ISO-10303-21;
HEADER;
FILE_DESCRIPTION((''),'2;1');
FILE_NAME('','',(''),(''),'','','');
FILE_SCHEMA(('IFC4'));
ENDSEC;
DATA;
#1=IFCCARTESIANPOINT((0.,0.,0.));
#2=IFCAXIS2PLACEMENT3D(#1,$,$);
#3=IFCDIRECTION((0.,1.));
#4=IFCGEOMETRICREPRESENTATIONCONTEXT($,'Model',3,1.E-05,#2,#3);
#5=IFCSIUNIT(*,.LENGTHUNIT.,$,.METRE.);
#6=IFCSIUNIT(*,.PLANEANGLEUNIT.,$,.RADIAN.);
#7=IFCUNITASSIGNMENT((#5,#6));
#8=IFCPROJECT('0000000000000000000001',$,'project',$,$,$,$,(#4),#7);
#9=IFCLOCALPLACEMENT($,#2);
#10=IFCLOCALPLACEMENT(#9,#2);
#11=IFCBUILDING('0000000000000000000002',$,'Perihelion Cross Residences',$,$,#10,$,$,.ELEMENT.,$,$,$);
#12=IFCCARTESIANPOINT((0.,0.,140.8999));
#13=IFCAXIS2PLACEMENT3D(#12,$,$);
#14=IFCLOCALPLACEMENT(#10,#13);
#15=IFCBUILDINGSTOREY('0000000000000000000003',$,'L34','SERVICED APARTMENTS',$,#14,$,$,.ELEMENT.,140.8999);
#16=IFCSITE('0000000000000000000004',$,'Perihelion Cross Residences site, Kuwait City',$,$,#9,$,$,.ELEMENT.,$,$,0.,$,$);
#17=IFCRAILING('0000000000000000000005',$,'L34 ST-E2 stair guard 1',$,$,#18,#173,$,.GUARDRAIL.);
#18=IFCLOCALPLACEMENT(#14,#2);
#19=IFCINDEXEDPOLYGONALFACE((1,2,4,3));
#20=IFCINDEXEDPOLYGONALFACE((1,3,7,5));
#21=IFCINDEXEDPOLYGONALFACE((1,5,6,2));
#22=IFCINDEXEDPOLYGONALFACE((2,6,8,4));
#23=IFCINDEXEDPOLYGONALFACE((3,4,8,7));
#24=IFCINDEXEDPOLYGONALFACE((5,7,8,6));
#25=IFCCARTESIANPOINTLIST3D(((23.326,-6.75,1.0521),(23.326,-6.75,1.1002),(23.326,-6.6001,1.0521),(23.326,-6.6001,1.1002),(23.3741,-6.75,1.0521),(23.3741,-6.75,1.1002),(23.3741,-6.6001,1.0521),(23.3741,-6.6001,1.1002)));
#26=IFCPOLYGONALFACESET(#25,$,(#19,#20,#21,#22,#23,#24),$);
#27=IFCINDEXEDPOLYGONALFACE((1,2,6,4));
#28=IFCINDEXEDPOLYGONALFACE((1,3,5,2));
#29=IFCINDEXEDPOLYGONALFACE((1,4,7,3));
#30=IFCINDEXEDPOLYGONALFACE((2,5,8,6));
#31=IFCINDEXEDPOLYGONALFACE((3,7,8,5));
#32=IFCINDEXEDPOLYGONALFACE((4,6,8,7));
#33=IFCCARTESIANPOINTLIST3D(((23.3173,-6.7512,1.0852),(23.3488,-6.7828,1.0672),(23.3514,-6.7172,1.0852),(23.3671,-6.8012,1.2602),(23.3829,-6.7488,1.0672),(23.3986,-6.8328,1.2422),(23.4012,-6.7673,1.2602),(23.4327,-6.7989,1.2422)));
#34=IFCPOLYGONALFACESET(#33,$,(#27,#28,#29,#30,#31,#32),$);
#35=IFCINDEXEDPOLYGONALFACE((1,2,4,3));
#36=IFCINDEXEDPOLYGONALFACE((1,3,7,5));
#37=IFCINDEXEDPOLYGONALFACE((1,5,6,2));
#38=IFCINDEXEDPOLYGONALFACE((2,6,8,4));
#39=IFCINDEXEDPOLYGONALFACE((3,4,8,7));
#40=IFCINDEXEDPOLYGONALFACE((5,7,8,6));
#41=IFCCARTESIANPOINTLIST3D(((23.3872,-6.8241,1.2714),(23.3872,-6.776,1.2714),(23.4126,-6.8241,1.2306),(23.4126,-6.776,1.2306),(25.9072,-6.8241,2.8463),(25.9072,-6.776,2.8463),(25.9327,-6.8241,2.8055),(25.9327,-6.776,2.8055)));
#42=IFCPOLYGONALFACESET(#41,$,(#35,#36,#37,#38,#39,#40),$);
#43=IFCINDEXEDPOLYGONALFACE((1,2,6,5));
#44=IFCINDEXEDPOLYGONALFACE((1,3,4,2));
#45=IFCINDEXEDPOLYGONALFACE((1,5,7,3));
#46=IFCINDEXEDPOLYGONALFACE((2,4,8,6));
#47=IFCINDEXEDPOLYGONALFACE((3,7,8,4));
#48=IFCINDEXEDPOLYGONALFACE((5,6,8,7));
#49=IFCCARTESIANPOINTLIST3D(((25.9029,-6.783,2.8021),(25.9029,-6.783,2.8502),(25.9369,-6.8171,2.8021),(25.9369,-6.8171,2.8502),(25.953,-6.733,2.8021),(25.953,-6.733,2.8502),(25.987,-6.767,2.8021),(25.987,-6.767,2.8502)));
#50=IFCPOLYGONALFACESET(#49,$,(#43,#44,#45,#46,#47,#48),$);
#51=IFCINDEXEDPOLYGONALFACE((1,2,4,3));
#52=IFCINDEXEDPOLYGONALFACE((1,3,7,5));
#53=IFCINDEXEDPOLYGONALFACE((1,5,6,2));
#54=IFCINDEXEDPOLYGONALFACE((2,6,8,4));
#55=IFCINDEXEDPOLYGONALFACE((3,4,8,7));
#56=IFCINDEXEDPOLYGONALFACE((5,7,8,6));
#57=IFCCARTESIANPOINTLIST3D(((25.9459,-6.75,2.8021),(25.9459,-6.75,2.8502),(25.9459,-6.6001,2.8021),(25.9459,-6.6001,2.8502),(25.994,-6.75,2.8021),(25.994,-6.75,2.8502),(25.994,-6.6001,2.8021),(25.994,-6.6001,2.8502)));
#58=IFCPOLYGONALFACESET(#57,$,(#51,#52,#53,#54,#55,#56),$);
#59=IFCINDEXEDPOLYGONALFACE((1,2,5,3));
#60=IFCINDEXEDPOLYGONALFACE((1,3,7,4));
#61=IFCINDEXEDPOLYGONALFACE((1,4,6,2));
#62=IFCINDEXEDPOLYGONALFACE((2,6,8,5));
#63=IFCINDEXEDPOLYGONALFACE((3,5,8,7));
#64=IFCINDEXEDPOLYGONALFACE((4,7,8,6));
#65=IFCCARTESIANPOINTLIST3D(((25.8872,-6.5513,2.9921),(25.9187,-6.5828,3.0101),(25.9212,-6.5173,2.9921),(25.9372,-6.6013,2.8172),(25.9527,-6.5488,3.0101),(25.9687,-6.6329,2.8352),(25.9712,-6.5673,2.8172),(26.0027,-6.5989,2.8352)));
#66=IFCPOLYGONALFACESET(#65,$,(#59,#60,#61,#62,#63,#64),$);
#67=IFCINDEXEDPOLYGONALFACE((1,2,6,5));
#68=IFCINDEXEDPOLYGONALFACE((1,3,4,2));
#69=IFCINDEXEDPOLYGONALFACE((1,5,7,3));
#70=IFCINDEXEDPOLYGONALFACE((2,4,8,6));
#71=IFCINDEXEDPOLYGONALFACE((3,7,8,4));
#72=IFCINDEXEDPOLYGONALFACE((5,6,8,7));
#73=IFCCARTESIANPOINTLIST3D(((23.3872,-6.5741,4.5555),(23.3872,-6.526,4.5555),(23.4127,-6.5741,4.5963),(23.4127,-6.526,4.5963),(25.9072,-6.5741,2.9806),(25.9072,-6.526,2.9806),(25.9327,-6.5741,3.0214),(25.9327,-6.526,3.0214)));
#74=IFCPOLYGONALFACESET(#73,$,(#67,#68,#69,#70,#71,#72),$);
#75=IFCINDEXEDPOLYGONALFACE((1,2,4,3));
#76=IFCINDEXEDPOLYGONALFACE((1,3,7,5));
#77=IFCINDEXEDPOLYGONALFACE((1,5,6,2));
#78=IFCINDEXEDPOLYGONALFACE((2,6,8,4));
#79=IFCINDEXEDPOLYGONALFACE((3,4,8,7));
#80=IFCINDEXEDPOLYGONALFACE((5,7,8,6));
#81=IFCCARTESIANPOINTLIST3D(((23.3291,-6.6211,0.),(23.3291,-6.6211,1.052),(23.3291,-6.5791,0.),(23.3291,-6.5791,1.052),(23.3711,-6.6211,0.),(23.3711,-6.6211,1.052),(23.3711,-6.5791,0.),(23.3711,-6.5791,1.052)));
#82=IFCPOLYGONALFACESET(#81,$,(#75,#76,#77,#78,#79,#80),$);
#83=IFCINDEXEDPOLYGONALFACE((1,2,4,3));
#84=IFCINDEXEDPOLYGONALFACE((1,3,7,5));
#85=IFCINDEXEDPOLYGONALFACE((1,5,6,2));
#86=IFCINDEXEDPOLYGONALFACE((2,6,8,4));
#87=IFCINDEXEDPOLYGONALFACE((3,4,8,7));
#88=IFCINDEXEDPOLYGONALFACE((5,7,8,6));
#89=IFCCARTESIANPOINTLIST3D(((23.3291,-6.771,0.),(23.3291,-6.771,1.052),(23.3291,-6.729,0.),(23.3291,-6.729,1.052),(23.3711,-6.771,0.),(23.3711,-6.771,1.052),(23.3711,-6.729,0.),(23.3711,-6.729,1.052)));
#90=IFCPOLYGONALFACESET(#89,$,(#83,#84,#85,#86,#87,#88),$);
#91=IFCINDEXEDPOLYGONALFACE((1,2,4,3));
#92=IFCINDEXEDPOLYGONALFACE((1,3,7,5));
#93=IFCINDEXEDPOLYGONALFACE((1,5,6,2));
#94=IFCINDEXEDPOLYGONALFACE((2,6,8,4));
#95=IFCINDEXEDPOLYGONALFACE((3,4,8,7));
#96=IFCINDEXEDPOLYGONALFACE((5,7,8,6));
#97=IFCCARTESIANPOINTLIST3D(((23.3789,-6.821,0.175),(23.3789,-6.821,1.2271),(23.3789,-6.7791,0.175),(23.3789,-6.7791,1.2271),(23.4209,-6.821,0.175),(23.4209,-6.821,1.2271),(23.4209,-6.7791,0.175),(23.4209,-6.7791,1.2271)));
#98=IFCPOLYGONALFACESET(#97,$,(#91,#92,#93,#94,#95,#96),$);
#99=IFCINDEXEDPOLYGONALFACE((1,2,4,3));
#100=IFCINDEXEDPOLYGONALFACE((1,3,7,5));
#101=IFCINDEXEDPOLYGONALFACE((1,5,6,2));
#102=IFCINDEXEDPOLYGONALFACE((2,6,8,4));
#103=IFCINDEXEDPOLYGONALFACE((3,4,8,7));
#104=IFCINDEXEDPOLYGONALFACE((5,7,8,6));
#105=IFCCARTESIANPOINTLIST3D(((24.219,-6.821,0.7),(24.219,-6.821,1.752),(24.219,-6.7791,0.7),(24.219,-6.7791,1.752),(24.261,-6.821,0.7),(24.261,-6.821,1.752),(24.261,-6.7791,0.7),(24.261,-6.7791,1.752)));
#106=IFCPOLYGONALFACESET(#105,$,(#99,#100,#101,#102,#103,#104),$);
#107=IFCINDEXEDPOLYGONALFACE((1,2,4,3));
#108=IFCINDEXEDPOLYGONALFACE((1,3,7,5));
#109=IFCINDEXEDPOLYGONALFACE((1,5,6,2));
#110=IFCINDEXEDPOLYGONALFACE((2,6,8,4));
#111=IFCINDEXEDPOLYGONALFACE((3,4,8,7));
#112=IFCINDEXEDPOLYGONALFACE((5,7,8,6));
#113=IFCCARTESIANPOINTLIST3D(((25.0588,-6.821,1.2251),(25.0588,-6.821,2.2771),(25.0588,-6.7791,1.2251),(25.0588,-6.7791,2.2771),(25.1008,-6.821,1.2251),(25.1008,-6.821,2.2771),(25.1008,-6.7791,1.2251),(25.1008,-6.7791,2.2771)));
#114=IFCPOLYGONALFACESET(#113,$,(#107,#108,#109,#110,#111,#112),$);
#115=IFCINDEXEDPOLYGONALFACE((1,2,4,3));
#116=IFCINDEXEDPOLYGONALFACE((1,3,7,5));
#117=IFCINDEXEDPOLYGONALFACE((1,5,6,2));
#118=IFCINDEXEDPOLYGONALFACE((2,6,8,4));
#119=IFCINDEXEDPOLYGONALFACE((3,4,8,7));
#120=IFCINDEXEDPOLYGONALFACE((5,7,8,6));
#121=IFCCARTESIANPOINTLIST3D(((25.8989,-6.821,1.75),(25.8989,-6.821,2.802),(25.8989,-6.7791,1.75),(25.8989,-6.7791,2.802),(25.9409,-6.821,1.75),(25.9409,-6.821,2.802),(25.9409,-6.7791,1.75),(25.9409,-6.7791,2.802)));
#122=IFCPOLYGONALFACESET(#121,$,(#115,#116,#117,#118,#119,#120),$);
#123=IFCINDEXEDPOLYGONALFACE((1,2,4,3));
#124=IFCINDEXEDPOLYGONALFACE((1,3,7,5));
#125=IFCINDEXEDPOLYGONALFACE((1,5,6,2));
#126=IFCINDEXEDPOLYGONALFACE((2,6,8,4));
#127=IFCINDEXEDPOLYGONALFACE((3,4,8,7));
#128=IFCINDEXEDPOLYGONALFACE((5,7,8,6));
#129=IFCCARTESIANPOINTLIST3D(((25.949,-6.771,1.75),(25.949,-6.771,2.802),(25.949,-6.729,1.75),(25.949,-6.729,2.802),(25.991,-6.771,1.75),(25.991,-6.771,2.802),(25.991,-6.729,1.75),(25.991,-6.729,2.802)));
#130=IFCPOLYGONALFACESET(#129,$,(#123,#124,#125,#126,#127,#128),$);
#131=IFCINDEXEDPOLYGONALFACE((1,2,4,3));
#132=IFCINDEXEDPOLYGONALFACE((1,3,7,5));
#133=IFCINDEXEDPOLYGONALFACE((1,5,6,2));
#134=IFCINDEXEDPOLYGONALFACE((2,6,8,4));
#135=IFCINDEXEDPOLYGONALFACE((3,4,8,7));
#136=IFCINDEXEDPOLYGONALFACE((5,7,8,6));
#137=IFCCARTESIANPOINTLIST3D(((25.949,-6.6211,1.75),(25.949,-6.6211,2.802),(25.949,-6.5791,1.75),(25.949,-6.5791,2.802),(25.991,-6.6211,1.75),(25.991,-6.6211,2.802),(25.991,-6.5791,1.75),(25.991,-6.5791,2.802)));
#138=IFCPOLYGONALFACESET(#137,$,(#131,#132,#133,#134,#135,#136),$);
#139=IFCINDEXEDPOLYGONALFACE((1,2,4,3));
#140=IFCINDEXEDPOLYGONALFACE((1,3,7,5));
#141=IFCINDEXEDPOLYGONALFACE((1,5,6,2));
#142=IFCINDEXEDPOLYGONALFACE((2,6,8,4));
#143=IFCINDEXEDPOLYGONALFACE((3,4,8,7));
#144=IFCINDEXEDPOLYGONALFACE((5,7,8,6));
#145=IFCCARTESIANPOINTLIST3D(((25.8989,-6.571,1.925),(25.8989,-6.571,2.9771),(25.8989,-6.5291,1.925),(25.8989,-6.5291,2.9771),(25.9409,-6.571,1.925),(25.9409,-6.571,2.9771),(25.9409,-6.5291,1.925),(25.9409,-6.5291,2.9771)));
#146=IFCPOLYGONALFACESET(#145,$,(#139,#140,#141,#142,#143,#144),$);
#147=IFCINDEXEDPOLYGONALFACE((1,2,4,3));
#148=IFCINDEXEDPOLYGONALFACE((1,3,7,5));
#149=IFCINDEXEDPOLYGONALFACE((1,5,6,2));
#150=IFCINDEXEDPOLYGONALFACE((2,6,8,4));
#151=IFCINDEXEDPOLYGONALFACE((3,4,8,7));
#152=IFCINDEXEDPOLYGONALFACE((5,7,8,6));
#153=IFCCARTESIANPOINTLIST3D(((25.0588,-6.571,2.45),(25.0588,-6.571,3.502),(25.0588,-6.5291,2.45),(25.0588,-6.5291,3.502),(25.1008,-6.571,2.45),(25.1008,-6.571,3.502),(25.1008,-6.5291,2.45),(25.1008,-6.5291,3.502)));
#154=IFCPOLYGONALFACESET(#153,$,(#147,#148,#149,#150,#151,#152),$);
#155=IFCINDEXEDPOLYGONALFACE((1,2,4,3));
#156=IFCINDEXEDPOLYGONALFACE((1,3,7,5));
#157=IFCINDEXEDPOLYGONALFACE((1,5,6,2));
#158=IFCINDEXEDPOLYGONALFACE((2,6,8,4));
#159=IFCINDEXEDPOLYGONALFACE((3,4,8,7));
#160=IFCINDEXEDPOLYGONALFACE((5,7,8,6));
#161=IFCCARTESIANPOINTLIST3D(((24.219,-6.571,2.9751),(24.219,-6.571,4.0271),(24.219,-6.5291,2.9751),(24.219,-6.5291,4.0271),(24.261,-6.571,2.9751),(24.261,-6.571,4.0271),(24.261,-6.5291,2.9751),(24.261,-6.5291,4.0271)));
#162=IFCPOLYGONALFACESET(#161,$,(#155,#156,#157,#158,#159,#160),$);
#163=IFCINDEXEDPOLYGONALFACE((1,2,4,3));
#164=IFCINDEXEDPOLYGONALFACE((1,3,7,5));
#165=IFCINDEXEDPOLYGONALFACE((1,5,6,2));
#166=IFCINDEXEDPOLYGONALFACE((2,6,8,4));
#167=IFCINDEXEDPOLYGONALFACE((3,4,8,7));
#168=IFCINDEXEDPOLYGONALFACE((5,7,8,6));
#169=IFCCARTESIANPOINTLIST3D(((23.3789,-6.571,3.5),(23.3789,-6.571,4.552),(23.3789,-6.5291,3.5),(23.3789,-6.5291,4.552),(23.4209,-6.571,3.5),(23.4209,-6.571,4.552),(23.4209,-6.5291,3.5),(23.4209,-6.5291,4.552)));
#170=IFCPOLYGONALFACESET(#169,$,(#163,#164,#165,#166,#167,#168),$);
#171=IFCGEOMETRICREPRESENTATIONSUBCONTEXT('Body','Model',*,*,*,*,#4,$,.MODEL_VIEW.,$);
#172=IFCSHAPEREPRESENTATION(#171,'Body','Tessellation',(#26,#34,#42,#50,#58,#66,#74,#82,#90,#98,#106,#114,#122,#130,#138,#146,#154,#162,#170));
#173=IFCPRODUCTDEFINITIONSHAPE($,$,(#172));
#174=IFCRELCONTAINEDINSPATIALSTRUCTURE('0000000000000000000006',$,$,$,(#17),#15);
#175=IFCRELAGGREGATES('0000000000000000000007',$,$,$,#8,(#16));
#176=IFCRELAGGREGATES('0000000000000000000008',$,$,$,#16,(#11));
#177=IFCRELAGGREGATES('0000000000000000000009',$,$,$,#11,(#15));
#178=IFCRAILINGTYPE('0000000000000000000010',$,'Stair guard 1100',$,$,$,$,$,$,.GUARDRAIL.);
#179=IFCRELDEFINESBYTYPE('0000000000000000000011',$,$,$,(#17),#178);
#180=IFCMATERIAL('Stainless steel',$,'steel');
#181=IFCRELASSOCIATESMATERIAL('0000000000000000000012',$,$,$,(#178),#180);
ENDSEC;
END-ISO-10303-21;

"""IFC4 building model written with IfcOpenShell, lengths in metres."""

from ifc_helpers import new_model, si_unit, direction, frame, origin, origin_2d, place, context, subcontext, project, spatial, rectangle, extrude, material, type_object, element, save


model = new_model("IFC4")

# Units and contexts
model_context = context("Model", 3, precision=1e-05, world=origin(), true_north=direction((0.0, 1.0)))
body_context = subcontext(model_context, "Body", "Model", "MODEL_VIEW")
ifc_project = project(units=[si_unit("LENGTHUNIT", "METRE"), si_unit("PLANEANGLEUNIT", "RADIAN")], contexts=[model_context])

# Site, building, storey
site_placement = place(None, origin())
site = spatial("IfcSite", under=ifc_project, at=site_placement, Name="Perihelion Cross Residences site, Kuwait City", CompositionType="ELEMENT", RefElevation=0.0)
building_placement = place(site_placement, origin())
building = spatial("IfcBuilding", under=site, at=building_placement, Name="Perihelion Cross Residences", CompositionType="ELEMENT")
storey_placement = place(building_placement, frame((0.0, 0.0, 140.8999)))
storey = spatial("IfcBuildingStorey", under=building, at=storey_placement, Name="L34", Description="SERVICED APARTMENTS", CompositionType="ELEMENT", Elevation=140.8999)

# Railing
ifc_material_1 = material(Name="Stainless steel", Category="steel")
railing_type_1 = type_object("IfcRailingType", Name="Stair guard 1100", PredefinedType="GUARDRAIL", material=ifc_material_1)
railing_1_placement = place(storey_placement, frame((23.3501, -6.6001, 0.0)))
element("IfcRailing", 1, at=railing_1_placement, inside=storey, type_object=railing_type_1, Name="L34 ST-E2 stair guard 1", PredefinedType="GUARDRAIL", context=body_context, shape_type="SweptSolid", body=[
    extrude(rectangle(XDim=0.0481, YDim=0.0481, at=origin_2d()), frame((0.0, 0.0, 1.0762), z_axis=(0.0, -1.0, 0.0), x_axis=(1.0, 0.0, 0.0)), (0.0, 0.0, 1.0), 0.1499),
    extrude(rectangle(XDim=0.0481, YDim=0.0481, at=origin_2d()), frame((0.0, -0.1499, 1.0762), z_axis=(0.263862, -0.265156, 0.927399), x_axis=(0.708834, 0.705376, 0.0)), (0.0, 0.0, 1.0), 0.1887),
    extrude(rectangle(XDim=0.0481, YDim=0.0481, at=origin_2d()), frame((0.0498, -0.2, 1.251), z_axis=(0.848008, 0.0, 0.529984), x_axis=(0.0, 1.0, 0.0)), (0.0, 0.0, 1.0), 2.9717),
    extrude(rectangle(XDim=0.0481, YDim=0.0481, at=origin_2d()), frame((2.5698, -0.2, 2.8262), z_axis=(0.707107, 0.707107, 0.0), x_axis=(-0.707107, 0.707107, 0.0)), (0.0, 0.0, 1.0), 0.0708),
    extrude(rectangle(XDim=0.0481, YDim=0.0481, at=origin_2d()), frame((2.6199, -0.1499, 2.8262), z_axis=(0.0, 1.0, 0.0), x_axis=(-1.0, 0.0, 0.0)), (0.0, 0.0, 1.0), 0.1499),
    extrude(rectangle(XDim=0.0481, YDim=0.0481, at=origin_2d()), frame((2.6199, 0.0, 2.8262), z_axis=(-0.265065, 0.265065, 0.927082), x_axis=(-0.707107, -0.707107, 0.0)), (0.0, 0.0, 1.0), 0.1887),
    extrude(rectangle(XDim=0.0481, YDim=0.0481, at=origin_2d()), frame((2.5698, 0.05, 3.001), z_axis=(-0.848008, 0.0, 0.529984), x_axis=(0.0, -1.0, 0.0)), (0.0, 0.0, 1.0), 2.9717),
    extrude(rectangle(XDim=0.042, YDim=0.042, at=origin_2d()), origin(), (0.0, 0.0, 1.0), 1.052),
    extrude(rectangle(XDim=0.042, YDim=0.042, at=origin_2d()), frame((0.0, -0.1499, 0.0)), (0.0, 0.0, 1.0), 1.052),
    extrude(rectangle(XDim=0.042, YDim=0.042, at=origin_2d()), frame((0.0498, -0.2, 0.175)), (0.0, 0.0, 1.0), 1.052),
    extrude(rectangle(XDim=0.042, YDim=0.042, at=origin_2d()), frame((0.8899, -0.2, 0.7)), (0.0, 0.0, 1.0), 1.052),
    extrude(rectangle(XDim=0.042, YDim=0.042, at=origin_2d()), frame((1.7297, -0.2, 1.2251)), (0.0, 0.0, 1.0), 1.052),
    extrude(rectangle(XDim=0.042, YDim=0.042, at=origin_2d()), frame((2.5698, -0.2, 1.75)), (0.0, 0.0, 1.0), 1.052),
    extrude(rectangle(XDim=0.042, YDim=0.042, at=origin_2d()), frame((2.6199, -0.1499, 1.75)), (0.0, 0.0, 1.0), 1.052),
    extrude(rectangle(XDim=0.042, YDim=0.042, at=origin_2d()), frame((2.6199, 0.0, 1.75)), (0.0, 0.0, 1.0), 1.052),
    extrude(rectangle(XDim=0.042, YDim=0.042, at=origin_2d()), frame((2.5698, 0.05, 1.925)), (0.0, 0.0, 1.0), 1.052),
    extrude(rectangle(XDim=0.042, YDim=0.042, at=origin_2d()), frame((1.7297, 0.05, 2.45)), (0.0, 0.0, 1.0), 1.052),
    extrude(rectangle(XDim=0.042, YDim=0.042, at=origin_2d()), frame((0.8899, 0.05, 2.9751)), (0.0, 0.0, 1.0), 1.052),
    extrude(rectangle(XDim=0.042, YDim=0.042, at=origin_2d()), frame((0.0498, 0.05, 3.5)), (0.0, 0.0, 1.0), 1.052),
])

save(model, "model.ifc")
